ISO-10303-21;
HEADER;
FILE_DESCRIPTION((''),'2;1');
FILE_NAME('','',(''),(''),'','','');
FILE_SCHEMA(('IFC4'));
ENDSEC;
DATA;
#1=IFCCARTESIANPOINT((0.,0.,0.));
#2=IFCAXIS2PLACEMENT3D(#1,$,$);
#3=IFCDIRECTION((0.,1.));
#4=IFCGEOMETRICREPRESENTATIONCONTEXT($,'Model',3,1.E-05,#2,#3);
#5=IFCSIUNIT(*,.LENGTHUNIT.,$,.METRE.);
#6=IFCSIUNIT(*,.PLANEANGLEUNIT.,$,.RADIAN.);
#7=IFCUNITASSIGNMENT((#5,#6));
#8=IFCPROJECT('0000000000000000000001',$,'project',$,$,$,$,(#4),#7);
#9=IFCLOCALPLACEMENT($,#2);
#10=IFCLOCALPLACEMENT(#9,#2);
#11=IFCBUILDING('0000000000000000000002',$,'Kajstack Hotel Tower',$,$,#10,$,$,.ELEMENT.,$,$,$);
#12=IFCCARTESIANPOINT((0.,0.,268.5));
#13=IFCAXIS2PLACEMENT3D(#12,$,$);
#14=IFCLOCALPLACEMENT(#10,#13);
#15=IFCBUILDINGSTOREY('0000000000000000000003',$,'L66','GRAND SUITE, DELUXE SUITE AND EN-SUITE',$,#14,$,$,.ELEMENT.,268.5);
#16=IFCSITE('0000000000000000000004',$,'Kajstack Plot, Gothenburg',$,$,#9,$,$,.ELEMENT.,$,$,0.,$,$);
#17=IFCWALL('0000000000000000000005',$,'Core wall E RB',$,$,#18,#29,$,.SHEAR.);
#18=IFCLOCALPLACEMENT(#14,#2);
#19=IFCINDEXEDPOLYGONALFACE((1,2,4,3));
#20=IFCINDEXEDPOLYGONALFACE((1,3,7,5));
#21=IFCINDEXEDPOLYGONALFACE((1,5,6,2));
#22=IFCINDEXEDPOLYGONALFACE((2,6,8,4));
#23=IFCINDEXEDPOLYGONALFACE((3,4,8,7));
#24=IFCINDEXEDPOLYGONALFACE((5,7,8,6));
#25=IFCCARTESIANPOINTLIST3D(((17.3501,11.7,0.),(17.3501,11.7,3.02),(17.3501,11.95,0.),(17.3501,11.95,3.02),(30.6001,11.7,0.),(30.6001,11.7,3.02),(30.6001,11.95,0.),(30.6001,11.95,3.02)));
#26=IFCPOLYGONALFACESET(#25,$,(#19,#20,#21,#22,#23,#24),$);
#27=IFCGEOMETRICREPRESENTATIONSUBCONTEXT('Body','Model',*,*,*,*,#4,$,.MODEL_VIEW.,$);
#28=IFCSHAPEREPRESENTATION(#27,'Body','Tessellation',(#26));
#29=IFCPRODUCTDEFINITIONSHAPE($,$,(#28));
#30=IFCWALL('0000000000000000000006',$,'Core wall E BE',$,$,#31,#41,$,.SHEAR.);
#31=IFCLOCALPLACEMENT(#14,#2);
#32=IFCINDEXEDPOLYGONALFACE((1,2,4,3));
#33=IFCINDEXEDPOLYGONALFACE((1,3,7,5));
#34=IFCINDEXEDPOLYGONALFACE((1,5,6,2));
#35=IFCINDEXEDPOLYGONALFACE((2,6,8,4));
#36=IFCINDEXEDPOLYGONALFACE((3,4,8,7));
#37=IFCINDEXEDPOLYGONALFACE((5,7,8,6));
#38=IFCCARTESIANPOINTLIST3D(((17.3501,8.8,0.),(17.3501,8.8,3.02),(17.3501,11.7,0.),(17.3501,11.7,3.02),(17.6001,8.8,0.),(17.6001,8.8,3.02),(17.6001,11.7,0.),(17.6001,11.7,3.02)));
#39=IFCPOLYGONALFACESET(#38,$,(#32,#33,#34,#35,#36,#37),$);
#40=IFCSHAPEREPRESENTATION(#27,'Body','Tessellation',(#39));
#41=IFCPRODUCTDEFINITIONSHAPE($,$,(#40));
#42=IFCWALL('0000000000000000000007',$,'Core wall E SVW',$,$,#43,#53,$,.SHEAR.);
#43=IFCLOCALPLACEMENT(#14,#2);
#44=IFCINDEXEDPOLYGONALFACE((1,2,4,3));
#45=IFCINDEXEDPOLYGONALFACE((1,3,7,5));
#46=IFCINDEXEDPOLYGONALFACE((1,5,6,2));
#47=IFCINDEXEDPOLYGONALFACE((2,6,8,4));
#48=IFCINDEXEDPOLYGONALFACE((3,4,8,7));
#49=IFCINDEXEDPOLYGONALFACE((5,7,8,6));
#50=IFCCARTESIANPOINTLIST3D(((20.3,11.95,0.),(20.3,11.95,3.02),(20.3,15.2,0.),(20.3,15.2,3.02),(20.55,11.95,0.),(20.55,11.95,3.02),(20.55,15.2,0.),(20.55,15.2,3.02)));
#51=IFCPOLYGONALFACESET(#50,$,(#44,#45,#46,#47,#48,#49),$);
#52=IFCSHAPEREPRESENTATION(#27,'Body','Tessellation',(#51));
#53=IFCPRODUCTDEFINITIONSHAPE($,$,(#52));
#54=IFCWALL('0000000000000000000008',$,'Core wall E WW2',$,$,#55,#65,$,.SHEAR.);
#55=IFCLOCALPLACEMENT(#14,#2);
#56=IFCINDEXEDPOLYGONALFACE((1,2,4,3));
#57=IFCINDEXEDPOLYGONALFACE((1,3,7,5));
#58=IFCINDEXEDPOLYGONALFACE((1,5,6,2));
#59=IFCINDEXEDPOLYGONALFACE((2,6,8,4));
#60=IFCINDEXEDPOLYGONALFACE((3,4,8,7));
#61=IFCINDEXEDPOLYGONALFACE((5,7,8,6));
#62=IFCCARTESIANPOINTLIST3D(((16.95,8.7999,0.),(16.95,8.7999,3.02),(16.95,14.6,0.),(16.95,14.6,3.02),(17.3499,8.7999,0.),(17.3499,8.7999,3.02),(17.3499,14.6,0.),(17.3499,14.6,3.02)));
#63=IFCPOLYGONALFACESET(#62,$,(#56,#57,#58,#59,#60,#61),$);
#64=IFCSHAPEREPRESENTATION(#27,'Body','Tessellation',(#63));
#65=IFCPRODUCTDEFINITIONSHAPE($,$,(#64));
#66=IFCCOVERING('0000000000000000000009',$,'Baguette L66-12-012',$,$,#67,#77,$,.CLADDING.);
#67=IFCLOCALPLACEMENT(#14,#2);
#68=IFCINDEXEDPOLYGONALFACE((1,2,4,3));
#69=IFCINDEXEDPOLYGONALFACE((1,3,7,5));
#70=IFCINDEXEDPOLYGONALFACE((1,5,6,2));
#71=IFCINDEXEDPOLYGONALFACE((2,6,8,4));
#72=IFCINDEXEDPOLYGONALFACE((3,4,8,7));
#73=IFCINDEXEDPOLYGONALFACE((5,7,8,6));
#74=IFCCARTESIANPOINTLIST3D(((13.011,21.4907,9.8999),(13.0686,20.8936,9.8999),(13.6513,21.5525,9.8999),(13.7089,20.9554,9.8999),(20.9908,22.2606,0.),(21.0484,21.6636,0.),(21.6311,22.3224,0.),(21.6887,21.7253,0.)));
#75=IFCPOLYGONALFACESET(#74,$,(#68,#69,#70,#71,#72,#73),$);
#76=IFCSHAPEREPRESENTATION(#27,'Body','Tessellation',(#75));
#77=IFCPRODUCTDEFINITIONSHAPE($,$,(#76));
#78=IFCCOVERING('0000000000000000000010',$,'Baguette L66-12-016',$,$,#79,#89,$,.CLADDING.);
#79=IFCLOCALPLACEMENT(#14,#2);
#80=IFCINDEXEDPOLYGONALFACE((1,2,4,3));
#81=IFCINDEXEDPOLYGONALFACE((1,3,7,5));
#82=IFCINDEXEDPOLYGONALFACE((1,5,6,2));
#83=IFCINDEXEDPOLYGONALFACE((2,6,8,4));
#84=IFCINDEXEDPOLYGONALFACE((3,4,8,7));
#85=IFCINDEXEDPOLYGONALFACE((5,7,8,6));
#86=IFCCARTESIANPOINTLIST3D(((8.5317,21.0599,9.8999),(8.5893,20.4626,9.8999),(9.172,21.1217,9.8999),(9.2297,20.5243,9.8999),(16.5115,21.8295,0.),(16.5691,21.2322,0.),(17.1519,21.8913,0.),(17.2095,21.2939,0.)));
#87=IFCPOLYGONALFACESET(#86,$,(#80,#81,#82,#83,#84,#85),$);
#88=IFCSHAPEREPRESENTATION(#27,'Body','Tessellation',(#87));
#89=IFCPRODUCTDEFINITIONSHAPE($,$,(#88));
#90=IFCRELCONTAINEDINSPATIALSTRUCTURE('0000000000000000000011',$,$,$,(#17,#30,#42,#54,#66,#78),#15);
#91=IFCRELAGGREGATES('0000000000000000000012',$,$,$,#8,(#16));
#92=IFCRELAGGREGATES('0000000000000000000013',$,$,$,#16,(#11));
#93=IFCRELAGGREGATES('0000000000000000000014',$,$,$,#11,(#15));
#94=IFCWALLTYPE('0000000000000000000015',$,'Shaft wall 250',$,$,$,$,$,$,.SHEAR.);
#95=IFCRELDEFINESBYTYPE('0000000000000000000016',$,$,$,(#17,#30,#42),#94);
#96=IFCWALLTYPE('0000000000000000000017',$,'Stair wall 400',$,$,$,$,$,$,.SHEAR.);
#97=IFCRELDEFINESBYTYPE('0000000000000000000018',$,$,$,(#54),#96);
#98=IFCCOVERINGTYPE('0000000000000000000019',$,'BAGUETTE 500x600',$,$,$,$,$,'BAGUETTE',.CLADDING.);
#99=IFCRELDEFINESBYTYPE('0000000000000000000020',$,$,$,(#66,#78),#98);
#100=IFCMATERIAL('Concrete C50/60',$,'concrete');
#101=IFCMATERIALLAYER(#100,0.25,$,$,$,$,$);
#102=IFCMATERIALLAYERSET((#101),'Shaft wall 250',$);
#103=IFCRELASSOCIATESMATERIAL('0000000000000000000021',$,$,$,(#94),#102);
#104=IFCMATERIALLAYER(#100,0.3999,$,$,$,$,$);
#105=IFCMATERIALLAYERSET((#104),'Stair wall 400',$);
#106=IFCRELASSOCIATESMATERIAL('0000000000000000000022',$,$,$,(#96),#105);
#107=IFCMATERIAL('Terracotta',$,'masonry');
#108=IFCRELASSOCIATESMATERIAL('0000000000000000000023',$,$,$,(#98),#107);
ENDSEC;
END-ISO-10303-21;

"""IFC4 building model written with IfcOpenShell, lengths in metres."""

from ifc_helpers import new_model, si_unit, direction, frame, frame_2d, origin, origin_2d, place, context, subcontext, project, spatial, polyline, rectangle, outline, extrude, material, layer, layer_set, material_profile, profile_set, type_object, element, save


model = new_model("IFC4")

# Units and contexts
model_context = context("Model", 3, precision=1e-05, world=origin(), true_north=direction((0.0, 1.0)))
body_context = subcontext(model_context, "Body", "Model", "MODEL_VIEW")
ifc_project = project(units=[si_unit("LENGTHUNIT", "METRE"), si_unit("PLANEANGLEUNIT", "RADIAN")], contexts=[model_context])

# Site, building, storey
site_placement = place(None, origin())
site = spatial("IfcSite", under=ifc_project, at=site_placement, Name="Kajstack Plot, Gothenburg", CompositionType="ELEMENT", RefElevation=0.0)
building_placement = place(site_placement, origin())
building = spatial("IfcBuilding", under=site, at=building_placement, Name="Kajstack Hotel Tower", CompositionType="ELEMENT")
storey_placement = place(building_placement, frame((0.0, 0.0, 268.5)))
storey = spatial("IfcBuildingStorey", under=building, at=storey_placement, Name="L66", Description="GRAND SUITE, DELUXE SUITE AND EN-SUITE", CompositionType="ELEMENT", Elevation=268.5)

# Shared definitions
ifc_material_1 = material(Name="Concrete C50/60", Category="concrete")
ifc_layer_1 = layer(ifc_material_1, 0.25)
ifc_layer_set_1 = layer_set([ifc_layer_1], Name="Shaft wall 250")
wall_type_1 = type_object("IfcWallType", Name="Shaft wall 250", PredefinedType="SHEAR", material=ifc_layer_set_1)

# Walls
wall_1_placement = place(storey_placement, frame((17.3501, 11.825, 0.0), z_axis=(0.0, 0.0, 1.0), x_axis=(1.0, 0.0, 0.0)))
element("IfcWall", 1, at=wall_1_placement, inside=storey, type_object=wall_type_1, Name="Core wall E RB", PredefinedType="SHEAR", context=body_context, shape_type="SweptSolid", body=[
    extrude(rectangle(XDim=13.25, YDim=0.25, at=frame_2d((6.625, 0.0))), origin(), (0.0, 0.0, 1.0), 3.02),
])
wall_2_placement = place(storey_placement, frame((17.4751, 8.8, 0.0), z_axis=(0.0, 0.0, 1.0), x_axis=(0.0, 1.0, 0.0)))
element("IfcWall", 2, at=wall_2_placement, inside=storey, type_object=wall_type_1, Name="Core wall E BE", PredefinedType="SHEAR", context=body_context, shape_type="SweptSolid", body=[
    extrude(rectangle(XDim=2.8999, YDim=0.25, at=frame_2d((1.45, 0.0))), origin(), (0.0, 0.0, 1.0), 3.02),
])
wall_3_placement = place(storey_placement, frame((20.425, 11.95, 0.0), z_axis=(0.0, 0.0, 1.0), x_axis=(0.0, 1.0, 0.0)))
element("IfcWall", 3, at=wall_3_placement, inside=storey, type_object=wall_type_1, Name="Core wall E SVW", PredefinedType="SHEAR", context=body_context, shape_type="SweptSolid", body=[
    extrude(rectangle(XDim=3.25, YDim=0.25, at=frame_2d((1.625, 0.0))), origin(), (0.0, 0.0, 1.0), 3.02),
])
ifc_layer_2 = layer(ifc_material_1, 0.3999)
ifc_layer_set_2 = layer_set([ifc_layer_2], Name="Stair wall 400")
wall_type_2 = type_object("IfcWallType", Name="Stair wall 400", PredefinedType="SHEAR", material=ifc_layer_set_2)
wall_4_placement = place(storey_placement, frame((17.1499, 8.8, 0.0), z_axis=(0.0, 0.0, 1.0), x_axis=(0.0, 1.0, 0.0)))
element("IfcWall", 4, at=wall_4_placement, inside=storey, type_object=wall_type_2, Name="Core wall E WW2", PredefinedType="SHEAR", context=body_context, shape_type="SweptSolid", body=[
    extrude(rectangle(XDim=5.8, YDim=0.3999, at=frame_2d((2.8999, 0.0))), origin(), (0.0, 0.0, 1.0), 3.02),
])

# Coverings
ifc_material_2 = material(Name="Terracotta", Category="masonry")
ifc_material_profile = material_profile(ifc_material_2, rectangle(XDim=0.6001, YDim=0.5, at=origin_2d()), Name="Terracotta-clad concrete baguette 500 x 600")
ifc_profile_set = profile_set([ifc_material_profile], Name="Terracotta")
covering_type = type_object("IfcCoveringType", Name="BAGUETTE 500x600", ElementType="BAGUETTE", PredefinedType="CLADDING", material=ifc_profile_set)
covering_1_placement = place(storey_placement, frame((21.6887, 21.7253, 0.0), z_axis=(-0.096038, 0.995378, 0.0), x_axis=(-0.995378, -0.096038, 0.0)))
element("IfcCovering", 5, at=covering_1_placement, inside=storey, type_object=covering_type, Name="Baguette L66-12-012", PredefinedType="CLADDING", context=body_context, shape_type="SweptSolid", body=[
    extrude(outline(polyline([(8.0168, 9.8999), (0.0, 0.0), (0.6433, 0.0), (8.6602, 9.8999), (8.0168, 9.8999)])), origin(), (0.0, 0.0, 1.0), 0.5999),
])
covering_2_placement = place(storey_placement, frame((17.2095, 21.2939, 0.0), z_axis=(-0.095999, 0.995381, 0.0), x_axis=(-0.995381, -0.095999, 0.0)))
element("IfcCovering", 6, at=covering_2_placement, inside=storey, type_object=covering_type, Name="Baguette L66-12-016", PredefinedType="CLADDING", context=body_context, shape_type="SweptSolid", body=[
    extrude(outline(polyline([(8.0168, 9.8999), (0.0, 0.0), (0.6433, 0.0), (8.6602, 9.8999), (8.0168, 9.8999)])), origin(), (0.0, 0.0, 1.0), 0.6001),
])

save(model, "model.ifc")
